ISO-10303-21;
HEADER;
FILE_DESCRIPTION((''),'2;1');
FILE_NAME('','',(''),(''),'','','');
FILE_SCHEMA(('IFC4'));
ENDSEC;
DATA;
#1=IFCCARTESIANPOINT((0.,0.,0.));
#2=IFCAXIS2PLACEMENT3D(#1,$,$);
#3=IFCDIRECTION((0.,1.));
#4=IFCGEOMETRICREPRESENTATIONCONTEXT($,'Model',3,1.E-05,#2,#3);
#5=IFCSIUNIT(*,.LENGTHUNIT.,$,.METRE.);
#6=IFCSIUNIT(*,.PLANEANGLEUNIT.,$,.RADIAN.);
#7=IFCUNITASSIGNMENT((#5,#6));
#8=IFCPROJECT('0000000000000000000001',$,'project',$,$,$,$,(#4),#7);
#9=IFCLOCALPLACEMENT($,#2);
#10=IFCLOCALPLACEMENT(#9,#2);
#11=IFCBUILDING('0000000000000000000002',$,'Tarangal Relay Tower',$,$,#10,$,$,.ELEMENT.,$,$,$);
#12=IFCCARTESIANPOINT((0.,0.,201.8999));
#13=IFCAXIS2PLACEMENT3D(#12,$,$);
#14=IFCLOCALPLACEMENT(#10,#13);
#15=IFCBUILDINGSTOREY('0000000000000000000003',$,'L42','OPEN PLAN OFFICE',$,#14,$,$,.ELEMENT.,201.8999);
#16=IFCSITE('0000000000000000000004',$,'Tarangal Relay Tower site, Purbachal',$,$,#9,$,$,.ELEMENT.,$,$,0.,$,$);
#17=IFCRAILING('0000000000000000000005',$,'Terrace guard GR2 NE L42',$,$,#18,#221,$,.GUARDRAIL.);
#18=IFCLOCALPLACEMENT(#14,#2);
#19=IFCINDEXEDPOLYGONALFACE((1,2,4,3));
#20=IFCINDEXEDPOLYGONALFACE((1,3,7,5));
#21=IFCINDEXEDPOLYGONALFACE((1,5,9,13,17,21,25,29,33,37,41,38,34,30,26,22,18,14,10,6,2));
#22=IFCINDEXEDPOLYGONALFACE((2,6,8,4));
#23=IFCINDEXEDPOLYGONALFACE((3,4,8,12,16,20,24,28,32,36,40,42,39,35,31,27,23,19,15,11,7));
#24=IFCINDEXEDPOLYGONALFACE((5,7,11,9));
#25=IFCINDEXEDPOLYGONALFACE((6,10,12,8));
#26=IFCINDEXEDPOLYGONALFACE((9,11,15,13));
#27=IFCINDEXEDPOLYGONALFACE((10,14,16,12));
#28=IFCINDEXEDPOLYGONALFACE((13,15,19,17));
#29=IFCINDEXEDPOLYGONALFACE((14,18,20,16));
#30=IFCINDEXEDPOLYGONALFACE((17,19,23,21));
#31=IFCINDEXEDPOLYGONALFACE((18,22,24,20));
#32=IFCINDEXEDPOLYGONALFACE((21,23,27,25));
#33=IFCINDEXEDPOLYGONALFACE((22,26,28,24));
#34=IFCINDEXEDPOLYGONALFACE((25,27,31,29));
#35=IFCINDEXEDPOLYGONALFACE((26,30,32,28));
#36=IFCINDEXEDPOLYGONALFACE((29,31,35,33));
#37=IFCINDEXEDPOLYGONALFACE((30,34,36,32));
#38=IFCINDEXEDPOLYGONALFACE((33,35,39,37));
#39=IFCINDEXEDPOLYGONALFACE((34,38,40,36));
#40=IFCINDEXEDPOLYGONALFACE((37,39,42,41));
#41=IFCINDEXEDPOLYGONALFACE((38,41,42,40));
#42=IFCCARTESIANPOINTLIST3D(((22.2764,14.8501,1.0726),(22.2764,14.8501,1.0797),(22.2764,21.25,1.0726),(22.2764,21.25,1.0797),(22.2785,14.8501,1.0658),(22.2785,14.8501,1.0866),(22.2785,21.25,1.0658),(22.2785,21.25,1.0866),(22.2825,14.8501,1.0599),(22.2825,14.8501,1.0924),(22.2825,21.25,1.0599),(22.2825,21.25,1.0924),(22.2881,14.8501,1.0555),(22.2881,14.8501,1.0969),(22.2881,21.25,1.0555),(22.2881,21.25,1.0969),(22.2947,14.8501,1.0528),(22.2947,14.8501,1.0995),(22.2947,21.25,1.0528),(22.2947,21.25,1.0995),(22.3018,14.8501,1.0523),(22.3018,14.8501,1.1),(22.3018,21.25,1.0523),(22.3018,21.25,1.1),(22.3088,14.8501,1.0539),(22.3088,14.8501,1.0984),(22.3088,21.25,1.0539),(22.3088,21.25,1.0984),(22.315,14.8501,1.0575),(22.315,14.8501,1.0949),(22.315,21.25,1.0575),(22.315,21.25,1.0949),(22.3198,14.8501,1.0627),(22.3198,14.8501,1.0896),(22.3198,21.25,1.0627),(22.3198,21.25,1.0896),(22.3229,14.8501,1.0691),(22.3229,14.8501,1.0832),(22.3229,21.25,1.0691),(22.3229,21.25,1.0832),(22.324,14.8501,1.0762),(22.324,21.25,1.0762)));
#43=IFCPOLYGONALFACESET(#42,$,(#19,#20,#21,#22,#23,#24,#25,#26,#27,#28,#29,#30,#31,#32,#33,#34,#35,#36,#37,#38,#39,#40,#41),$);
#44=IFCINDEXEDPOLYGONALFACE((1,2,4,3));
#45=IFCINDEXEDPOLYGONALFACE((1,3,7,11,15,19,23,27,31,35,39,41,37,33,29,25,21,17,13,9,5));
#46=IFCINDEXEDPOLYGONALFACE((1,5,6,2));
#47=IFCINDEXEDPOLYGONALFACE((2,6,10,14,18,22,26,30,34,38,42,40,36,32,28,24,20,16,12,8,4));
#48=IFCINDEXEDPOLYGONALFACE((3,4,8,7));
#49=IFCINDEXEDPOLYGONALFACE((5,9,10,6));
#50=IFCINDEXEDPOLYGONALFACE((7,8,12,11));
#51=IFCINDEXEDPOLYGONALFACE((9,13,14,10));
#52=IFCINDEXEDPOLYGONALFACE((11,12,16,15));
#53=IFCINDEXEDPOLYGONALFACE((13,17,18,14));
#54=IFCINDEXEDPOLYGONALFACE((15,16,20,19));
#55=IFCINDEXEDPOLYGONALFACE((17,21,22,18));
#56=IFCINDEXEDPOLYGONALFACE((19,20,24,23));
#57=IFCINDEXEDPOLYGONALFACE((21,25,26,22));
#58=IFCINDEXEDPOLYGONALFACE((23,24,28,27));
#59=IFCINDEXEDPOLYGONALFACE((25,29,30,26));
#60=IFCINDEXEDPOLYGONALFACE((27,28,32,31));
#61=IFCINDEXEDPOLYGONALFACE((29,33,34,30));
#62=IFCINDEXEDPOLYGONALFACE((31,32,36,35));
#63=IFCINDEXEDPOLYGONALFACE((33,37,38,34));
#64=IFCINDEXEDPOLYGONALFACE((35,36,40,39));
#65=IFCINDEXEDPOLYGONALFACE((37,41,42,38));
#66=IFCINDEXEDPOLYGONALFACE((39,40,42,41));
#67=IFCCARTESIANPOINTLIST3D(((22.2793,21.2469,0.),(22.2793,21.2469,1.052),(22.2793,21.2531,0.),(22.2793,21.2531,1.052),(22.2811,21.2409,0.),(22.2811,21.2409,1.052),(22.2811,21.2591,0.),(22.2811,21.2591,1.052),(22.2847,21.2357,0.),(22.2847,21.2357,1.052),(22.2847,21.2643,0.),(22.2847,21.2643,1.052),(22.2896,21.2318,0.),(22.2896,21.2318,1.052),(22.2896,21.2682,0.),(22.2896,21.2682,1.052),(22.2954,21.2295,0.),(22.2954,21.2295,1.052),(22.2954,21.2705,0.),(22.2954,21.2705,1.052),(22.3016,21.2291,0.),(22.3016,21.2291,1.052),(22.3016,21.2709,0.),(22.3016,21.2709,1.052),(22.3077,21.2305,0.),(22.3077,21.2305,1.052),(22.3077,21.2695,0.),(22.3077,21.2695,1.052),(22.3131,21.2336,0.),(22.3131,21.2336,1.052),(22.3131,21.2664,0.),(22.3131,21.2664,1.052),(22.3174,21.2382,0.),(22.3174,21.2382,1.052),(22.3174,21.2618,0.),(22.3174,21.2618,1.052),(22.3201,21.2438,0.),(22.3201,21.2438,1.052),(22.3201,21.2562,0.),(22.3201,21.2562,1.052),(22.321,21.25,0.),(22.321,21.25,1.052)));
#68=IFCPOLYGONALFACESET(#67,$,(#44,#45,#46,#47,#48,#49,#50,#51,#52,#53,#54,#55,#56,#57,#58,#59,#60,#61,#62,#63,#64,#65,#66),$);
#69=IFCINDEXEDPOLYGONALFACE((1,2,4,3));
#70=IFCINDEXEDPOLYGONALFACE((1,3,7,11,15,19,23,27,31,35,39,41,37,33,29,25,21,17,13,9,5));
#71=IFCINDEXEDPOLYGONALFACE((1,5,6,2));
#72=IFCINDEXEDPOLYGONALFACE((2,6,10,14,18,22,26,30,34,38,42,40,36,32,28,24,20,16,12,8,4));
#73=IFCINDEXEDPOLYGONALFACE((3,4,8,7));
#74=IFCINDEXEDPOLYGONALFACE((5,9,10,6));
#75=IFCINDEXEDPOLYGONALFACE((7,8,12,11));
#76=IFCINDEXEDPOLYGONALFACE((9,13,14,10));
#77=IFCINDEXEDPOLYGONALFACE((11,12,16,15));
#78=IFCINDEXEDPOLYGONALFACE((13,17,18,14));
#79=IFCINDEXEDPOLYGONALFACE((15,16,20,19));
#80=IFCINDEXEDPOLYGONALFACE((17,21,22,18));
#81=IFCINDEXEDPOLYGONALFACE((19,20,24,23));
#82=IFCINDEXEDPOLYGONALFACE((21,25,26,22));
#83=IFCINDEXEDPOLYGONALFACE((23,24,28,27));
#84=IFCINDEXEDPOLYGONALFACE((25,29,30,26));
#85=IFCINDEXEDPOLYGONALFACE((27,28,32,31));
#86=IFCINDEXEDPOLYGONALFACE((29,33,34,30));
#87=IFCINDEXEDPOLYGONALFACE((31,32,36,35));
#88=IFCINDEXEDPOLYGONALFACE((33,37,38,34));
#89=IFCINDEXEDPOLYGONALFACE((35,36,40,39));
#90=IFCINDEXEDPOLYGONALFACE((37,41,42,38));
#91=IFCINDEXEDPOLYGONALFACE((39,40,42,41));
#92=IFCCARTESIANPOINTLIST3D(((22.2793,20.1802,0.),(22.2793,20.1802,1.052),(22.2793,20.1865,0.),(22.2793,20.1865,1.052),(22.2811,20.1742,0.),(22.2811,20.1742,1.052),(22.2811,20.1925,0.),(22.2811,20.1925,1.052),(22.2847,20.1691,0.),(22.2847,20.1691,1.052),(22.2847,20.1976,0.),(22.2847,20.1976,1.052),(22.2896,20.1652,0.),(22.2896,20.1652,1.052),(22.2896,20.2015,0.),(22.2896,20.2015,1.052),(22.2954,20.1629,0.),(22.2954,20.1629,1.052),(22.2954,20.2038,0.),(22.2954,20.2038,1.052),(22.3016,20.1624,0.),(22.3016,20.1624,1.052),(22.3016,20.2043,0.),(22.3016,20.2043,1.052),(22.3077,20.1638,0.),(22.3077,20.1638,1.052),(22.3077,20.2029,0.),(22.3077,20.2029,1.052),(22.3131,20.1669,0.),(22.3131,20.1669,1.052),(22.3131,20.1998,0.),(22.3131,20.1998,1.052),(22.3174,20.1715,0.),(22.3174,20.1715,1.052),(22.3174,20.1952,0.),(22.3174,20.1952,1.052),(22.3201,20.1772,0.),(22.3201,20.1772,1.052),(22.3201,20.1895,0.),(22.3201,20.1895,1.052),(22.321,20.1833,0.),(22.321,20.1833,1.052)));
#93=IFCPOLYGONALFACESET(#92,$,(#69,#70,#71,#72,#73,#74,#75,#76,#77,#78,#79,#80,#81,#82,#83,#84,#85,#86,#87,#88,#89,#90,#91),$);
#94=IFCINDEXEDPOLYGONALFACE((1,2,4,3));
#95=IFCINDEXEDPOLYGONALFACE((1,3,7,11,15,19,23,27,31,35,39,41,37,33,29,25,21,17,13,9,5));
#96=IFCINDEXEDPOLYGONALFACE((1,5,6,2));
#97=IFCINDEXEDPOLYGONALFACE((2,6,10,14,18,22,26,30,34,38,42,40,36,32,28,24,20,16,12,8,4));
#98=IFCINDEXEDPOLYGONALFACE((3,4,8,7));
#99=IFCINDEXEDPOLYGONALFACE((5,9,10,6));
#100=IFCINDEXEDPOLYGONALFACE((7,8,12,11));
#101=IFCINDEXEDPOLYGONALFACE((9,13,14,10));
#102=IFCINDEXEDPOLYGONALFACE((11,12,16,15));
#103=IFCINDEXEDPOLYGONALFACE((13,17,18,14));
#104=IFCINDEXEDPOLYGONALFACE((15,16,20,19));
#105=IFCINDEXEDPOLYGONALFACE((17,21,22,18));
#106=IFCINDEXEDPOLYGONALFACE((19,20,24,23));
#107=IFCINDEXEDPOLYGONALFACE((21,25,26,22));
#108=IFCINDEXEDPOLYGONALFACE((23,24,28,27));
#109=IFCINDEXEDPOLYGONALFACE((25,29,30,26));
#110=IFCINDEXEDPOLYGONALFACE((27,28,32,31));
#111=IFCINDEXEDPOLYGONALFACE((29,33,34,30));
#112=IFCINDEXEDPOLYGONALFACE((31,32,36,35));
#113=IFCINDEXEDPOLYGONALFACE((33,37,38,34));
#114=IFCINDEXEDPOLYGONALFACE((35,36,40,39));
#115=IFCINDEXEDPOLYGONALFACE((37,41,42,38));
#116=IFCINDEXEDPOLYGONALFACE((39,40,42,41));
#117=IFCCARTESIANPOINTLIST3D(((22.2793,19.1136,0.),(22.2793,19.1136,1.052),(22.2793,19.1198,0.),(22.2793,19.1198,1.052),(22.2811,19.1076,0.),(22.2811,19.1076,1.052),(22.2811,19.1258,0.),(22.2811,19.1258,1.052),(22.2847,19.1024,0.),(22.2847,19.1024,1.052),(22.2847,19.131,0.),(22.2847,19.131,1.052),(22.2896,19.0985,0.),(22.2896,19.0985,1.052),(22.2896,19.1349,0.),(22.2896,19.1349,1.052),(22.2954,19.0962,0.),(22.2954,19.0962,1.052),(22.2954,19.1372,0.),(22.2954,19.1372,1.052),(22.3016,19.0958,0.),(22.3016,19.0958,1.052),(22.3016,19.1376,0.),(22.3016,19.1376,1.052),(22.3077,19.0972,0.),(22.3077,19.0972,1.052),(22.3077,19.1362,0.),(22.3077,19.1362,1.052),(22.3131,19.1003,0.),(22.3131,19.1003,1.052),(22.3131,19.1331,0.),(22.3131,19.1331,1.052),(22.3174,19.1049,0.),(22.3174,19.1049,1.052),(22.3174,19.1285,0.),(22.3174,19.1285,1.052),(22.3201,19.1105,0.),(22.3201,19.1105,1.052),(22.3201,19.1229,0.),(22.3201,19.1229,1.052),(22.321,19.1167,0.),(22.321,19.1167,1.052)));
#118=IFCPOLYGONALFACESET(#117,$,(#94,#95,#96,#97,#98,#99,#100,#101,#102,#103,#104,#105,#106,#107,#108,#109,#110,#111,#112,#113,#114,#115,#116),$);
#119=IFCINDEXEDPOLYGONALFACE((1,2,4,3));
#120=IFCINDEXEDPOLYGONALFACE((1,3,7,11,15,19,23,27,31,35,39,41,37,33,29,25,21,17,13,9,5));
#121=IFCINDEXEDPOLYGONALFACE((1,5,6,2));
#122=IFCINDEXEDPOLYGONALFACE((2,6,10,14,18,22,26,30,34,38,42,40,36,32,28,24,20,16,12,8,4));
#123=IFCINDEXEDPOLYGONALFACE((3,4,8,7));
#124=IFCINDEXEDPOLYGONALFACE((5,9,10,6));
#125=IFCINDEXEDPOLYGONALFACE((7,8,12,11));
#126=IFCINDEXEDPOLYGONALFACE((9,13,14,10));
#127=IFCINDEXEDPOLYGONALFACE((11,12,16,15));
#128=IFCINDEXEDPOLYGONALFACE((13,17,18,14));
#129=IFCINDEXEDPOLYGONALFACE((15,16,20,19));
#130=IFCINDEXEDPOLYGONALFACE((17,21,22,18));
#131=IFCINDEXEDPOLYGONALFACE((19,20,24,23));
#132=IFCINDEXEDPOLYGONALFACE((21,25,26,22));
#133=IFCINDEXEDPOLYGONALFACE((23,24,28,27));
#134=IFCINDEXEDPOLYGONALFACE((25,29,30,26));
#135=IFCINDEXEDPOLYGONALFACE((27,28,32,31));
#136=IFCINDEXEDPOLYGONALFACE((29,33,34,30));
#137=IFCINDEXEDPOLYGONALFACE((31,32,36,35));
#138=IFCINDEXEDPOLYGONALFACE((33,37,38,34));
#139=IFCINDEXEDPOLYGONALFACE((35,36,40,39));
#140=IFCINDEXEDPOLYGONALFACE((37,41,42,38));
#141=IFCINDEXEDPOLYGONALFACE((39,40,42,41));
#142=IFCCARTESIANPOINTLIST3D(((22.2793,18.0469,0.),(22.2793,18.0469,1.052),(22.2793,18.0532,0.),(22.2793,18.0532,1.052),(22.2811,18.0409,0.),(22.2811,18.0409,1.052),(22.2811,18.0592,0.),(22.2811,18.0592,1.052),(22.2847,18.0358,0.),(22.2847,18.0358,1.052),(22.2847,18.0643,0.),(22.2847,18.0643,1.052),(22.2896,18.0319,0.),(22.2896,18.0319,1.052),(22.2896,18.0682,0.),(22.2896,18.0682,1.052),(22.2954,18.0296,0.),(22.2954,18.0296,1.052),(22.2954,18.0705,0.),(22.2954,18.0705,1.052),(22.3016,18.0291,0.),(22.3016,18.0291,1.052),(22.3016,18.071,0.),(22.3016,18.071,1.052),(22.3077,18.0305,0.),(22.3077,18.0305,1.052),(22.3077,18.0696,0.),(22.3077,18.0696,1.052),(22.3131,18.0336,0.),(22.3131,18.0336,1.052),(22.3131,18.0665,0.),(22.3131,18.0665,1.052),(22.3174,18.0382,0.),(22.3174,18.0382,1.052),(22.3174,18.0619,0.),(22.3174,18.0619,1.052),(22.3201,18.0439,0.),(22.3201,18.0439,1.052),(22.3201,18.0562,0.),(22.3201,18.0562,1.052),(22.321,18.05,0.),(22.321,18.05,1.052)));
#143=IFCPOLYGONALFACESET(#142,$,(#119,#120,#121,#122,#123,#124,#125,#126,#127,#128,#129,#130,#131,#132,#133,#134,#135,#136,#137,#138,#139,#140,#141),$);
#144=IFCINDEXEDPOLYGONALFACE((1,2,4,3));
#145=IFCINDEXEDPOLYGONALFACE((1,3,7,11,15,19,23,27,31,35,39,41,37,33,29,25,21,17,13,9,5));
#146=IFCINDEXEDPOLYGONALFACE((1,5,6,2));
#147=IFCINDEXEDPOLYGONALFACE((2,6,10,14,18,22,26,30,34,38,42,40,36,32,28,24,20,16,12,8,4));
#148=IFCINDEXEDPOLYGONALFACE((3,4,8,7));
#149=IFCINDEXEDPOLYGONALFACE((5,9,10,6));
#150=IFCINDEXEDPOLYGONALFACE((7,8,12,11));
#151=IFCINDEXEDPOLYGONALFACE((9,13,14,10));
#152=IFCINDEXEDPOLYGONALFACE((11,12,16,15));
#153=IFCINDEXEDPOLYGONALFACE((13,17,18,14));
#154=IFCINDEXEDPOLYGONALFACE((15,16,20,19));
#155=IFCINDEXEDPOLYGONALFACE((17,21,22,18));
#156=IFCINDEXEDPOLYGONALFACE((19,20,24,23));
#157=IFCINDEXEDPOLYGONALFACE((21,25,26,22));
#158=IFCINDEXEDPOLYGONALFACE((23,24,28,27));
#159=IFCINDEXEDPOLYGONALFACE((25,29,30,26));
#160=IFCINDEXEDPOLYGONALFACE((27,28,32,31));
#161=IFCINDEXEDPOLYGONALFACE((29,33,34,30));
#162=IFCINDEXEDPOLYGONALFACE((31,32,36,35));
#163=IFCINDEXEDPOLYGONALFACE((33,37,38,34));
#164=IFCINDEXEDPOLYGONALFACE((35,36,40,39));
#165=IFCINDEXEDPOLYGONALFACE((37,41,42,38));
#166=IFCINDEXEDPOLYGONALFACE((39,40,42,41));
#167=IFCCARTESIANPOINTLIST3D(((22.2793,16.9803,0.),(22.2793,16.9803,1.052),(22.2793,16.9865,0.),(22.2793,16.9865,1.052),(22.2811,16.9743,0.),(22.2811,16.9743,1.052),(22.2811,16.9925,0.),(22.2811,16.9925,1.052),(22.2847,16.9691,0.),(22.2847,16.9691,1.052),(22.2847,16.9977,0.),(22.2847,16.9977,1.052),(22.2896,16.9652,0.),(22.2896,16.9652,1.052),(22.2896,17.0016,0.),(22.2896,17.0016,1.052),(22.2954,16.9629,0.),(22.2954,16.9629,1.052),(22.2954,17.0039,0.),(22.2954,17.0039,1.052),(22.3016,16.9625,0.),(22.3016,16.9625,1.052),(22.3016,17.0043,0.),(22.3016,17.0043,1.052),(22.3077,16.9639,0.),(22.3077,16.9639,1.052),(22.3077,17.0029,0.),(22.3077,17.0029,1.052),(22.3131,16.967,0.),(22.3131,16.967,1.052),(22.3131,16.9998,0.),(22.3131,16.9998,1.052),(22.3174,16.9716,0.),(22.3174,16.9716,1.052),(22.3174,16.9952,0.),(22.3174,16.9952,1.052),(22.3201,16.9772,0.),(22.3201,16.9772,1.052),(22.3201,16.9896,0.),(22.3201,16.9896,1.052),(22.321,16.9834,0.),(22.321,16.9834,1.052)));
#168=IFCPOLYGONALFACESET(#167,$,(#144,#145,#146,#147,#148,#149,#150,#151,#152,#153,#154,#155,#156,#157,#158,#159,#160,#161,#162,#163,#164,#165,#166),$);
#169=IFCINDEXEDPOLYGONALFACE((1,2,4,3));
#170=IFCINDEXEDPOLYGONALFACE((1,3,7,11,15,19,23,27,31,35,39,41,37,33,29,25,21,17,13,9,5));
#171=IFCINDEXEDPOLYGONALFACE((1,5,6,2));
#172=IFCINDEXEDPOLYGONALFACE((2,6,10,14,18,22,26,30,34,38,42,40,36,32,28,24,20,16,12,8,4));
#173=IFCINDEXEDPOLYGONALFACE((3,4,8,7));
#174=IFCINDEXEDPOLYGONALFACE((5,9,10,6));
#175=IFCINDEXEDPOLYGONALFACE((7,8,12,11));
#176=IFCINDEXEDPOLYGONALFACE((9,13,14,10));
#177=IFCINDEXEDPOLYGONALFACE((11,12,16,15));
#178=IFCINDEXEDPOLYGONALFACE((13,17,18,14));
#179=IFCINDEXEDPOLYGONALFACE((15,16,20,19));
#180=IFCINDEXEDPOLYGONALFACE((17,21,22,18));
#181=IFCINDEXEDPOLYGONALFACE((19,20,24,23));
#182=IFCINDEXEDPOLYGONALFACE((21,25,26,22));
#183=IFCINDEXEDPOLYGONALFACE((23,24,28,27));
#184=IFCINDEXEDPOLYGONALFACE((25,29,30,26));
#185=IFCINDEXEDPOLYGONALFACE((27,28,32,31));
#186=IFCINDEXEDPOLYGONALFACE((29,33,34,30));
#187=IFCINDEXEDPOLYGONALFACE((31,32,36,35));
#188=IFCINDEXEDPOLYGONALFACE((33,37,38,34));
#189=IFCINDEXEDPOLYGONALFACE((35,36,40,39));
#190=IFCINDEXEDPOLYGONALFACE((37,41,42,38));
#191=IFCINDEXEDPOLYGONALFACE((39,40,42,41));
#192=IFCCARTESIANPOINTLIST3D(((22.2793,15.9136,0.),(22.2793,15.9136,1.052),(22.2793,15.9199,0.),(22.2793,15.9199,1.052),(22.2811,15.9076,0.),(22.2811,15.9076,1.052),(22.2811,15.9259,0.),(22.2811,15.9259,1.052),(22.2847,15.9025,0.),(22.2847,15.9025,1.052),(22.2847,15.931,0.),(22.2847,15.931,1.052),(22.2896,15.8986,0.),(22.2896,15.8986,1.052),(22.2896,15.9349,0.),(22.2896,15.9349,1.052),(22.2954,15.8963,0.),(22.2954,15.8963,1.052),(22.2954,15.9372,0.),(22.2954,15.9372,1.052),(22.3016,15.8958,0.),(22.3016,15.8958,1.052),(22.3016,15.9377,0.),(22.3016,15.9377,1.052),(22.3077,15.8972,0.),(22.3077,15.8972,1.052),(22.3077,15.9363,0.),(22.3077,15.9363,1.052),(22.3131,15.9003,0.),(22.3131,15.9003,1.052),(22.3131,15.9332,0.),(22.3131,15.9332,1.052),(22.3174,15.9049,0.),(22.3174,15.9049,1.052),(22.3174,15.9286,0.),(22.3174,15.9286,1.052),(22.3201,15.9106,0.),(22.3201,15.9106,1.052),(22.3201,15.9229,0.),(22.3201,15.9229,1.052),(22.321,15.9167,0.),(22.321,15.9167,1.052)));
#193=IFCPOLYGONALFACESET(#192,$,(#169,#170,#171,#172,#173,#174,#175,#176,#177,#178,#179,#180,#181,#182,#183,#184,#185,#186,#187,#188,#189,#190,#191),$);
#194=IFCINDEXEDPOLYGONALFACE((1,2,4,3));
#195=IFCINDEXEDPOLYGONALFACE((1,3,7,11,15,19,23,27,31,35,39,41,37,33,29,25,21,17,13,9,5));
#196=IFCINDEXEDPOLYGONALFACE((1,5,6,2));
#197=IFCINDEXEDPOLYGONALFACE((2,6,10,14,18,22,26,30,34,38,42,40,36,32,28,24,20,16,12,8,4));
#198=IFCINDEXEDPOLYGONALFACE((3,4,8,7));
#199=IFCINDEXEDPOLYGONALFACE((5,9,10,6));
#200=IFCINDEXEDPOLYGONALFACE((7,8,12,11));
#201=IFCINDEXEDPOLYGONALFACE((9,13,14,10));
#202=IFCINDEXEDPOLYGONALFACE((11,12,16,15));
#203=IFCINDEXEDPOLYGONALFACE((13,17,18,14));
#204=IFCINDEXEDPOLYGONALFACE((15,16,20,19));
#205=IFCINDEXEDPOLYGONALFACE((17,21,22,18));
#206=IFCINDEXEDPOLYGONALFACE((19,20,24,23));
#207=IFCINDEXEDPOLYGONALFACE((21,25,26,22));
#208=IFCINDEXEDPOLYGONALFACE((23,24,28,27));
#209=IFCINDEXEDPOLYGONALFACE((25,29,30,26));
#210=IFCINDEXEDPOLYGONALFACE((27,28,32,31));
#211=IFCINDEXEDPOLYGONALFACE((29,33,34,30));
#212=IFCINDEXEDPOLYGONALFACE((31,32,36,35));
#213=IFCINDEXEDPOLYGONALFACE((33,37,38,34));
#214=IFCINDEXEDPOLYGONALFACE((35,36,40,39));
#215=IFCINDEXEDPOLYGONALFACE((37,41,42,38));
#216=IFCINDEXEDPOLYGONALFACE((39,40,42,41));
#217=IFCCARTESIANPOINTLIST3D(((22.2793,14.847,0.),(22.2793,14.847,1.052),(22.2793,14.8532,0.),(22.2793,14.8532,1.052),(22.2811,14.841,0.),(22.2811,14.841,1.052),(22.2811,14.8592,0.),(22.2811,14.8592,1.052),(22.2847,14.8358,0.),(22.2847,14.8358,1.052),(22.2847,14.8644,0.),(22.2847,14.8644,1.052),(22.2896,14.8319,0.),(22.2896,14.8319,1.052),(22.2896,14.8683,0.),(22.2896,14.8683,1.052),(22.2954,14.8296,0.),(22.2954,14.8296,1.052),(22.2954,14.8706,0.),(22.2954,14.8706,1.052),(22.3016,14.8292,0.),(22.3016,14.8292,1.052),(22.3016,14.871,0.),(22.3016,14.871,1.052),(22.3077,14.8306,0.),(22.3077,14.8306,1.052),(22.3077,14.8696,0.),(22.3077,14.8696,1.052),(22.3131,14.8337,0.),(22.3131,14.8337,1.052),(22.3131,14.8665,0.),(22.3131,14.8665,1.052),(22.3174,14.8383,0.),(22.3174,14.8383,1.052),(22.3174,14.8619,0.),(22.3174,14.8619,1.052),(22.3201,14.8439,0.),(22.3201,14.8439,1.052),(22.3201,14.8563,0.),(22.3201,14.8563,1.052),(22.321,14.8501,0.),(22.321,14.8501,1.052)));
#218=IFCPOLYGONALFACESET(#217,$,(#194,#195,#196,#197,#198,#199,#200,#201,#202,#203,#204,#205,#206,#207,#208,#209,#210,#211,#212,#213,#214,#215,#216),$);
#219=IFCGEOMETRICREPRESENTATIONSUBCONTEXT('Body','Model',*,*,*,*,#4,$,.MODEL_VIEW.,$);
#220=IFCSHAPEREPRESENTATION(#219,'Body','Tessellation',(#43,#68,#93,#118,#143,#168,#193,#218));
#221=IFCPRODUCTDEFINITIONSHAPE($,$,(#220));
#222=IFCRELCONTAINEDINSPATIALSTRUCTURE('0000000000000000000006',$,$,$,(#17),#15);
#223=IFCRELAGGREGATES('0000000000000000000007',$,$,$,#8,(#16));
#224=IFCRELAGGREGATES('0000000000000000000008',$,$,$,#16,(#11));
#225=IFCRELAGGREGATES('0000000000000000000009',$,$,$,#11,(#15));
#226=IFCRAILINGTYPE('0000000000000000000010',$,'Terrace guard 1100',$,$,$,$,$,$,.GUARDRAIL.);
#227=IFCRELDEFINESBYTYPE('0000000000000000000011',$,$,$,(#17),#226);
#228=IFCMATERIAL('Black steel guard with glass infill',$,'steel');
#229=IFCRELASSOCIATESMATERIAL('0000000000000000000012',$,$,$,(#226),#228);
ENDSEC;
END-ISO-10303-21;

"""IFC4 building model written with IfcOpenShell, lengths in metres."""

from ifc_helpers import new_model, si_unit, direction, frame, origin, origin_2d, place, context, subcontext, project, spatial, circle, extrude, material, type_object, element, save


model = new_model("IFC4")

# Units and contexts
model_context = context("Model", 3, precision=1e-05, world=origin(), true_north=direction((0.0, 1.0)))
body_context = subcontext(model_context, "Body", "Model", "MODEL_VIEW")
ifc_project = project(units=[si_unit("LENGTHUNIT", "METRE"), si_unit("PLANEANGLEUNIT", "RADIAN")], contexts=[model_context])

# Site, building, storey
site_placement = place(None, origin())
site = spatial("IfcSite", under=ifc_project, at=site_placement, Name="Tarangal Relay Tower site, Purbachal", CompositionType="ELEMENT", RefElevation=0.0)
building_placement = place(site_placement, origin())
building = spatial("IfcBuilding", under=site, at=building_placement, Name="Tarangal Relay Tower", CompositionType="ELEMENT")
storey_placement = place(building_placement, frame((0.0, 0.0, 201.8999)))
storey = spatial("IfcBuildingStorey", under=building, at=storey_placement, Name="L42", Description="OPEN PLAN OFFICE", CompositionType="ELEMENT", Elevation=201.8999)

# Railing
ifc_material_1 = material(Name="Black steel guard with glass infill", Category="steel")
railing_type = type_object("IfcRailingType", Name="Terrace guard 1100", PredefinedType="GUARDRAIL", material=ifc_material_1)
railing_1_placement = place(storey_placement, frame((22.3, 21.25, 0.0)))
element("IfcRailing", 1, at=railing_1_placement, inside=storey, type_object=railing_type, Name="Terrace guard GR2 NE L42", PredefinedType="GUARDRAIL", context=body_context, shape_type="SweptSolid", body=[
    extrude(circle(Radius=0.0239, at=origin_2d()), frame((0.0, 0.0, 1.0762), z_axis=(0.0, -1.0, 0.0), x_axis=(1.0, 0.0, 0.0)), (0.0, 0.0, 1.0), 6.3999),
    extrude(circle(Radius=0.021, at=origin_2d()), origin(), (0.0, 0.0, 1.0), 1.052),
    extrude(circle(Radius=0.021, at=origin_2d()), frame((0.0, -1.0667, 0.0)), (0.0, 0.0, 1.0), 1.052),
    extrude(circle(Radius=0.021, at=origin_2d()), frame((0.0, -2.1333, 0.0)), (0.0, 0.0, 1.0), 1.052),
    extrude(circle(Radius=0.021, at=origin_2d()), frame((0.0, -3.2, 0.0)), (0.0, 0.0, 1.0), 1.052),
    extrude(circle(Radius=0.021, at=origin_2d()), frame((0.0, -4.2666, 0.0)), (0.0, 0.0, 1.0), 1.052),
    extrude(circle(Radius=0.021, at=origin_2d()), frame((0.0, -5.3333, 0.0)), (0.0, 0.0, 1.0), 1.052),
    extrude(circle(Radius=0.021, at=origin_2d()), frame((0.0, -6.3999, 0.0)), (0.0, 0.0, 1.0), 1.052),
])

save(model, "model.ifc")
